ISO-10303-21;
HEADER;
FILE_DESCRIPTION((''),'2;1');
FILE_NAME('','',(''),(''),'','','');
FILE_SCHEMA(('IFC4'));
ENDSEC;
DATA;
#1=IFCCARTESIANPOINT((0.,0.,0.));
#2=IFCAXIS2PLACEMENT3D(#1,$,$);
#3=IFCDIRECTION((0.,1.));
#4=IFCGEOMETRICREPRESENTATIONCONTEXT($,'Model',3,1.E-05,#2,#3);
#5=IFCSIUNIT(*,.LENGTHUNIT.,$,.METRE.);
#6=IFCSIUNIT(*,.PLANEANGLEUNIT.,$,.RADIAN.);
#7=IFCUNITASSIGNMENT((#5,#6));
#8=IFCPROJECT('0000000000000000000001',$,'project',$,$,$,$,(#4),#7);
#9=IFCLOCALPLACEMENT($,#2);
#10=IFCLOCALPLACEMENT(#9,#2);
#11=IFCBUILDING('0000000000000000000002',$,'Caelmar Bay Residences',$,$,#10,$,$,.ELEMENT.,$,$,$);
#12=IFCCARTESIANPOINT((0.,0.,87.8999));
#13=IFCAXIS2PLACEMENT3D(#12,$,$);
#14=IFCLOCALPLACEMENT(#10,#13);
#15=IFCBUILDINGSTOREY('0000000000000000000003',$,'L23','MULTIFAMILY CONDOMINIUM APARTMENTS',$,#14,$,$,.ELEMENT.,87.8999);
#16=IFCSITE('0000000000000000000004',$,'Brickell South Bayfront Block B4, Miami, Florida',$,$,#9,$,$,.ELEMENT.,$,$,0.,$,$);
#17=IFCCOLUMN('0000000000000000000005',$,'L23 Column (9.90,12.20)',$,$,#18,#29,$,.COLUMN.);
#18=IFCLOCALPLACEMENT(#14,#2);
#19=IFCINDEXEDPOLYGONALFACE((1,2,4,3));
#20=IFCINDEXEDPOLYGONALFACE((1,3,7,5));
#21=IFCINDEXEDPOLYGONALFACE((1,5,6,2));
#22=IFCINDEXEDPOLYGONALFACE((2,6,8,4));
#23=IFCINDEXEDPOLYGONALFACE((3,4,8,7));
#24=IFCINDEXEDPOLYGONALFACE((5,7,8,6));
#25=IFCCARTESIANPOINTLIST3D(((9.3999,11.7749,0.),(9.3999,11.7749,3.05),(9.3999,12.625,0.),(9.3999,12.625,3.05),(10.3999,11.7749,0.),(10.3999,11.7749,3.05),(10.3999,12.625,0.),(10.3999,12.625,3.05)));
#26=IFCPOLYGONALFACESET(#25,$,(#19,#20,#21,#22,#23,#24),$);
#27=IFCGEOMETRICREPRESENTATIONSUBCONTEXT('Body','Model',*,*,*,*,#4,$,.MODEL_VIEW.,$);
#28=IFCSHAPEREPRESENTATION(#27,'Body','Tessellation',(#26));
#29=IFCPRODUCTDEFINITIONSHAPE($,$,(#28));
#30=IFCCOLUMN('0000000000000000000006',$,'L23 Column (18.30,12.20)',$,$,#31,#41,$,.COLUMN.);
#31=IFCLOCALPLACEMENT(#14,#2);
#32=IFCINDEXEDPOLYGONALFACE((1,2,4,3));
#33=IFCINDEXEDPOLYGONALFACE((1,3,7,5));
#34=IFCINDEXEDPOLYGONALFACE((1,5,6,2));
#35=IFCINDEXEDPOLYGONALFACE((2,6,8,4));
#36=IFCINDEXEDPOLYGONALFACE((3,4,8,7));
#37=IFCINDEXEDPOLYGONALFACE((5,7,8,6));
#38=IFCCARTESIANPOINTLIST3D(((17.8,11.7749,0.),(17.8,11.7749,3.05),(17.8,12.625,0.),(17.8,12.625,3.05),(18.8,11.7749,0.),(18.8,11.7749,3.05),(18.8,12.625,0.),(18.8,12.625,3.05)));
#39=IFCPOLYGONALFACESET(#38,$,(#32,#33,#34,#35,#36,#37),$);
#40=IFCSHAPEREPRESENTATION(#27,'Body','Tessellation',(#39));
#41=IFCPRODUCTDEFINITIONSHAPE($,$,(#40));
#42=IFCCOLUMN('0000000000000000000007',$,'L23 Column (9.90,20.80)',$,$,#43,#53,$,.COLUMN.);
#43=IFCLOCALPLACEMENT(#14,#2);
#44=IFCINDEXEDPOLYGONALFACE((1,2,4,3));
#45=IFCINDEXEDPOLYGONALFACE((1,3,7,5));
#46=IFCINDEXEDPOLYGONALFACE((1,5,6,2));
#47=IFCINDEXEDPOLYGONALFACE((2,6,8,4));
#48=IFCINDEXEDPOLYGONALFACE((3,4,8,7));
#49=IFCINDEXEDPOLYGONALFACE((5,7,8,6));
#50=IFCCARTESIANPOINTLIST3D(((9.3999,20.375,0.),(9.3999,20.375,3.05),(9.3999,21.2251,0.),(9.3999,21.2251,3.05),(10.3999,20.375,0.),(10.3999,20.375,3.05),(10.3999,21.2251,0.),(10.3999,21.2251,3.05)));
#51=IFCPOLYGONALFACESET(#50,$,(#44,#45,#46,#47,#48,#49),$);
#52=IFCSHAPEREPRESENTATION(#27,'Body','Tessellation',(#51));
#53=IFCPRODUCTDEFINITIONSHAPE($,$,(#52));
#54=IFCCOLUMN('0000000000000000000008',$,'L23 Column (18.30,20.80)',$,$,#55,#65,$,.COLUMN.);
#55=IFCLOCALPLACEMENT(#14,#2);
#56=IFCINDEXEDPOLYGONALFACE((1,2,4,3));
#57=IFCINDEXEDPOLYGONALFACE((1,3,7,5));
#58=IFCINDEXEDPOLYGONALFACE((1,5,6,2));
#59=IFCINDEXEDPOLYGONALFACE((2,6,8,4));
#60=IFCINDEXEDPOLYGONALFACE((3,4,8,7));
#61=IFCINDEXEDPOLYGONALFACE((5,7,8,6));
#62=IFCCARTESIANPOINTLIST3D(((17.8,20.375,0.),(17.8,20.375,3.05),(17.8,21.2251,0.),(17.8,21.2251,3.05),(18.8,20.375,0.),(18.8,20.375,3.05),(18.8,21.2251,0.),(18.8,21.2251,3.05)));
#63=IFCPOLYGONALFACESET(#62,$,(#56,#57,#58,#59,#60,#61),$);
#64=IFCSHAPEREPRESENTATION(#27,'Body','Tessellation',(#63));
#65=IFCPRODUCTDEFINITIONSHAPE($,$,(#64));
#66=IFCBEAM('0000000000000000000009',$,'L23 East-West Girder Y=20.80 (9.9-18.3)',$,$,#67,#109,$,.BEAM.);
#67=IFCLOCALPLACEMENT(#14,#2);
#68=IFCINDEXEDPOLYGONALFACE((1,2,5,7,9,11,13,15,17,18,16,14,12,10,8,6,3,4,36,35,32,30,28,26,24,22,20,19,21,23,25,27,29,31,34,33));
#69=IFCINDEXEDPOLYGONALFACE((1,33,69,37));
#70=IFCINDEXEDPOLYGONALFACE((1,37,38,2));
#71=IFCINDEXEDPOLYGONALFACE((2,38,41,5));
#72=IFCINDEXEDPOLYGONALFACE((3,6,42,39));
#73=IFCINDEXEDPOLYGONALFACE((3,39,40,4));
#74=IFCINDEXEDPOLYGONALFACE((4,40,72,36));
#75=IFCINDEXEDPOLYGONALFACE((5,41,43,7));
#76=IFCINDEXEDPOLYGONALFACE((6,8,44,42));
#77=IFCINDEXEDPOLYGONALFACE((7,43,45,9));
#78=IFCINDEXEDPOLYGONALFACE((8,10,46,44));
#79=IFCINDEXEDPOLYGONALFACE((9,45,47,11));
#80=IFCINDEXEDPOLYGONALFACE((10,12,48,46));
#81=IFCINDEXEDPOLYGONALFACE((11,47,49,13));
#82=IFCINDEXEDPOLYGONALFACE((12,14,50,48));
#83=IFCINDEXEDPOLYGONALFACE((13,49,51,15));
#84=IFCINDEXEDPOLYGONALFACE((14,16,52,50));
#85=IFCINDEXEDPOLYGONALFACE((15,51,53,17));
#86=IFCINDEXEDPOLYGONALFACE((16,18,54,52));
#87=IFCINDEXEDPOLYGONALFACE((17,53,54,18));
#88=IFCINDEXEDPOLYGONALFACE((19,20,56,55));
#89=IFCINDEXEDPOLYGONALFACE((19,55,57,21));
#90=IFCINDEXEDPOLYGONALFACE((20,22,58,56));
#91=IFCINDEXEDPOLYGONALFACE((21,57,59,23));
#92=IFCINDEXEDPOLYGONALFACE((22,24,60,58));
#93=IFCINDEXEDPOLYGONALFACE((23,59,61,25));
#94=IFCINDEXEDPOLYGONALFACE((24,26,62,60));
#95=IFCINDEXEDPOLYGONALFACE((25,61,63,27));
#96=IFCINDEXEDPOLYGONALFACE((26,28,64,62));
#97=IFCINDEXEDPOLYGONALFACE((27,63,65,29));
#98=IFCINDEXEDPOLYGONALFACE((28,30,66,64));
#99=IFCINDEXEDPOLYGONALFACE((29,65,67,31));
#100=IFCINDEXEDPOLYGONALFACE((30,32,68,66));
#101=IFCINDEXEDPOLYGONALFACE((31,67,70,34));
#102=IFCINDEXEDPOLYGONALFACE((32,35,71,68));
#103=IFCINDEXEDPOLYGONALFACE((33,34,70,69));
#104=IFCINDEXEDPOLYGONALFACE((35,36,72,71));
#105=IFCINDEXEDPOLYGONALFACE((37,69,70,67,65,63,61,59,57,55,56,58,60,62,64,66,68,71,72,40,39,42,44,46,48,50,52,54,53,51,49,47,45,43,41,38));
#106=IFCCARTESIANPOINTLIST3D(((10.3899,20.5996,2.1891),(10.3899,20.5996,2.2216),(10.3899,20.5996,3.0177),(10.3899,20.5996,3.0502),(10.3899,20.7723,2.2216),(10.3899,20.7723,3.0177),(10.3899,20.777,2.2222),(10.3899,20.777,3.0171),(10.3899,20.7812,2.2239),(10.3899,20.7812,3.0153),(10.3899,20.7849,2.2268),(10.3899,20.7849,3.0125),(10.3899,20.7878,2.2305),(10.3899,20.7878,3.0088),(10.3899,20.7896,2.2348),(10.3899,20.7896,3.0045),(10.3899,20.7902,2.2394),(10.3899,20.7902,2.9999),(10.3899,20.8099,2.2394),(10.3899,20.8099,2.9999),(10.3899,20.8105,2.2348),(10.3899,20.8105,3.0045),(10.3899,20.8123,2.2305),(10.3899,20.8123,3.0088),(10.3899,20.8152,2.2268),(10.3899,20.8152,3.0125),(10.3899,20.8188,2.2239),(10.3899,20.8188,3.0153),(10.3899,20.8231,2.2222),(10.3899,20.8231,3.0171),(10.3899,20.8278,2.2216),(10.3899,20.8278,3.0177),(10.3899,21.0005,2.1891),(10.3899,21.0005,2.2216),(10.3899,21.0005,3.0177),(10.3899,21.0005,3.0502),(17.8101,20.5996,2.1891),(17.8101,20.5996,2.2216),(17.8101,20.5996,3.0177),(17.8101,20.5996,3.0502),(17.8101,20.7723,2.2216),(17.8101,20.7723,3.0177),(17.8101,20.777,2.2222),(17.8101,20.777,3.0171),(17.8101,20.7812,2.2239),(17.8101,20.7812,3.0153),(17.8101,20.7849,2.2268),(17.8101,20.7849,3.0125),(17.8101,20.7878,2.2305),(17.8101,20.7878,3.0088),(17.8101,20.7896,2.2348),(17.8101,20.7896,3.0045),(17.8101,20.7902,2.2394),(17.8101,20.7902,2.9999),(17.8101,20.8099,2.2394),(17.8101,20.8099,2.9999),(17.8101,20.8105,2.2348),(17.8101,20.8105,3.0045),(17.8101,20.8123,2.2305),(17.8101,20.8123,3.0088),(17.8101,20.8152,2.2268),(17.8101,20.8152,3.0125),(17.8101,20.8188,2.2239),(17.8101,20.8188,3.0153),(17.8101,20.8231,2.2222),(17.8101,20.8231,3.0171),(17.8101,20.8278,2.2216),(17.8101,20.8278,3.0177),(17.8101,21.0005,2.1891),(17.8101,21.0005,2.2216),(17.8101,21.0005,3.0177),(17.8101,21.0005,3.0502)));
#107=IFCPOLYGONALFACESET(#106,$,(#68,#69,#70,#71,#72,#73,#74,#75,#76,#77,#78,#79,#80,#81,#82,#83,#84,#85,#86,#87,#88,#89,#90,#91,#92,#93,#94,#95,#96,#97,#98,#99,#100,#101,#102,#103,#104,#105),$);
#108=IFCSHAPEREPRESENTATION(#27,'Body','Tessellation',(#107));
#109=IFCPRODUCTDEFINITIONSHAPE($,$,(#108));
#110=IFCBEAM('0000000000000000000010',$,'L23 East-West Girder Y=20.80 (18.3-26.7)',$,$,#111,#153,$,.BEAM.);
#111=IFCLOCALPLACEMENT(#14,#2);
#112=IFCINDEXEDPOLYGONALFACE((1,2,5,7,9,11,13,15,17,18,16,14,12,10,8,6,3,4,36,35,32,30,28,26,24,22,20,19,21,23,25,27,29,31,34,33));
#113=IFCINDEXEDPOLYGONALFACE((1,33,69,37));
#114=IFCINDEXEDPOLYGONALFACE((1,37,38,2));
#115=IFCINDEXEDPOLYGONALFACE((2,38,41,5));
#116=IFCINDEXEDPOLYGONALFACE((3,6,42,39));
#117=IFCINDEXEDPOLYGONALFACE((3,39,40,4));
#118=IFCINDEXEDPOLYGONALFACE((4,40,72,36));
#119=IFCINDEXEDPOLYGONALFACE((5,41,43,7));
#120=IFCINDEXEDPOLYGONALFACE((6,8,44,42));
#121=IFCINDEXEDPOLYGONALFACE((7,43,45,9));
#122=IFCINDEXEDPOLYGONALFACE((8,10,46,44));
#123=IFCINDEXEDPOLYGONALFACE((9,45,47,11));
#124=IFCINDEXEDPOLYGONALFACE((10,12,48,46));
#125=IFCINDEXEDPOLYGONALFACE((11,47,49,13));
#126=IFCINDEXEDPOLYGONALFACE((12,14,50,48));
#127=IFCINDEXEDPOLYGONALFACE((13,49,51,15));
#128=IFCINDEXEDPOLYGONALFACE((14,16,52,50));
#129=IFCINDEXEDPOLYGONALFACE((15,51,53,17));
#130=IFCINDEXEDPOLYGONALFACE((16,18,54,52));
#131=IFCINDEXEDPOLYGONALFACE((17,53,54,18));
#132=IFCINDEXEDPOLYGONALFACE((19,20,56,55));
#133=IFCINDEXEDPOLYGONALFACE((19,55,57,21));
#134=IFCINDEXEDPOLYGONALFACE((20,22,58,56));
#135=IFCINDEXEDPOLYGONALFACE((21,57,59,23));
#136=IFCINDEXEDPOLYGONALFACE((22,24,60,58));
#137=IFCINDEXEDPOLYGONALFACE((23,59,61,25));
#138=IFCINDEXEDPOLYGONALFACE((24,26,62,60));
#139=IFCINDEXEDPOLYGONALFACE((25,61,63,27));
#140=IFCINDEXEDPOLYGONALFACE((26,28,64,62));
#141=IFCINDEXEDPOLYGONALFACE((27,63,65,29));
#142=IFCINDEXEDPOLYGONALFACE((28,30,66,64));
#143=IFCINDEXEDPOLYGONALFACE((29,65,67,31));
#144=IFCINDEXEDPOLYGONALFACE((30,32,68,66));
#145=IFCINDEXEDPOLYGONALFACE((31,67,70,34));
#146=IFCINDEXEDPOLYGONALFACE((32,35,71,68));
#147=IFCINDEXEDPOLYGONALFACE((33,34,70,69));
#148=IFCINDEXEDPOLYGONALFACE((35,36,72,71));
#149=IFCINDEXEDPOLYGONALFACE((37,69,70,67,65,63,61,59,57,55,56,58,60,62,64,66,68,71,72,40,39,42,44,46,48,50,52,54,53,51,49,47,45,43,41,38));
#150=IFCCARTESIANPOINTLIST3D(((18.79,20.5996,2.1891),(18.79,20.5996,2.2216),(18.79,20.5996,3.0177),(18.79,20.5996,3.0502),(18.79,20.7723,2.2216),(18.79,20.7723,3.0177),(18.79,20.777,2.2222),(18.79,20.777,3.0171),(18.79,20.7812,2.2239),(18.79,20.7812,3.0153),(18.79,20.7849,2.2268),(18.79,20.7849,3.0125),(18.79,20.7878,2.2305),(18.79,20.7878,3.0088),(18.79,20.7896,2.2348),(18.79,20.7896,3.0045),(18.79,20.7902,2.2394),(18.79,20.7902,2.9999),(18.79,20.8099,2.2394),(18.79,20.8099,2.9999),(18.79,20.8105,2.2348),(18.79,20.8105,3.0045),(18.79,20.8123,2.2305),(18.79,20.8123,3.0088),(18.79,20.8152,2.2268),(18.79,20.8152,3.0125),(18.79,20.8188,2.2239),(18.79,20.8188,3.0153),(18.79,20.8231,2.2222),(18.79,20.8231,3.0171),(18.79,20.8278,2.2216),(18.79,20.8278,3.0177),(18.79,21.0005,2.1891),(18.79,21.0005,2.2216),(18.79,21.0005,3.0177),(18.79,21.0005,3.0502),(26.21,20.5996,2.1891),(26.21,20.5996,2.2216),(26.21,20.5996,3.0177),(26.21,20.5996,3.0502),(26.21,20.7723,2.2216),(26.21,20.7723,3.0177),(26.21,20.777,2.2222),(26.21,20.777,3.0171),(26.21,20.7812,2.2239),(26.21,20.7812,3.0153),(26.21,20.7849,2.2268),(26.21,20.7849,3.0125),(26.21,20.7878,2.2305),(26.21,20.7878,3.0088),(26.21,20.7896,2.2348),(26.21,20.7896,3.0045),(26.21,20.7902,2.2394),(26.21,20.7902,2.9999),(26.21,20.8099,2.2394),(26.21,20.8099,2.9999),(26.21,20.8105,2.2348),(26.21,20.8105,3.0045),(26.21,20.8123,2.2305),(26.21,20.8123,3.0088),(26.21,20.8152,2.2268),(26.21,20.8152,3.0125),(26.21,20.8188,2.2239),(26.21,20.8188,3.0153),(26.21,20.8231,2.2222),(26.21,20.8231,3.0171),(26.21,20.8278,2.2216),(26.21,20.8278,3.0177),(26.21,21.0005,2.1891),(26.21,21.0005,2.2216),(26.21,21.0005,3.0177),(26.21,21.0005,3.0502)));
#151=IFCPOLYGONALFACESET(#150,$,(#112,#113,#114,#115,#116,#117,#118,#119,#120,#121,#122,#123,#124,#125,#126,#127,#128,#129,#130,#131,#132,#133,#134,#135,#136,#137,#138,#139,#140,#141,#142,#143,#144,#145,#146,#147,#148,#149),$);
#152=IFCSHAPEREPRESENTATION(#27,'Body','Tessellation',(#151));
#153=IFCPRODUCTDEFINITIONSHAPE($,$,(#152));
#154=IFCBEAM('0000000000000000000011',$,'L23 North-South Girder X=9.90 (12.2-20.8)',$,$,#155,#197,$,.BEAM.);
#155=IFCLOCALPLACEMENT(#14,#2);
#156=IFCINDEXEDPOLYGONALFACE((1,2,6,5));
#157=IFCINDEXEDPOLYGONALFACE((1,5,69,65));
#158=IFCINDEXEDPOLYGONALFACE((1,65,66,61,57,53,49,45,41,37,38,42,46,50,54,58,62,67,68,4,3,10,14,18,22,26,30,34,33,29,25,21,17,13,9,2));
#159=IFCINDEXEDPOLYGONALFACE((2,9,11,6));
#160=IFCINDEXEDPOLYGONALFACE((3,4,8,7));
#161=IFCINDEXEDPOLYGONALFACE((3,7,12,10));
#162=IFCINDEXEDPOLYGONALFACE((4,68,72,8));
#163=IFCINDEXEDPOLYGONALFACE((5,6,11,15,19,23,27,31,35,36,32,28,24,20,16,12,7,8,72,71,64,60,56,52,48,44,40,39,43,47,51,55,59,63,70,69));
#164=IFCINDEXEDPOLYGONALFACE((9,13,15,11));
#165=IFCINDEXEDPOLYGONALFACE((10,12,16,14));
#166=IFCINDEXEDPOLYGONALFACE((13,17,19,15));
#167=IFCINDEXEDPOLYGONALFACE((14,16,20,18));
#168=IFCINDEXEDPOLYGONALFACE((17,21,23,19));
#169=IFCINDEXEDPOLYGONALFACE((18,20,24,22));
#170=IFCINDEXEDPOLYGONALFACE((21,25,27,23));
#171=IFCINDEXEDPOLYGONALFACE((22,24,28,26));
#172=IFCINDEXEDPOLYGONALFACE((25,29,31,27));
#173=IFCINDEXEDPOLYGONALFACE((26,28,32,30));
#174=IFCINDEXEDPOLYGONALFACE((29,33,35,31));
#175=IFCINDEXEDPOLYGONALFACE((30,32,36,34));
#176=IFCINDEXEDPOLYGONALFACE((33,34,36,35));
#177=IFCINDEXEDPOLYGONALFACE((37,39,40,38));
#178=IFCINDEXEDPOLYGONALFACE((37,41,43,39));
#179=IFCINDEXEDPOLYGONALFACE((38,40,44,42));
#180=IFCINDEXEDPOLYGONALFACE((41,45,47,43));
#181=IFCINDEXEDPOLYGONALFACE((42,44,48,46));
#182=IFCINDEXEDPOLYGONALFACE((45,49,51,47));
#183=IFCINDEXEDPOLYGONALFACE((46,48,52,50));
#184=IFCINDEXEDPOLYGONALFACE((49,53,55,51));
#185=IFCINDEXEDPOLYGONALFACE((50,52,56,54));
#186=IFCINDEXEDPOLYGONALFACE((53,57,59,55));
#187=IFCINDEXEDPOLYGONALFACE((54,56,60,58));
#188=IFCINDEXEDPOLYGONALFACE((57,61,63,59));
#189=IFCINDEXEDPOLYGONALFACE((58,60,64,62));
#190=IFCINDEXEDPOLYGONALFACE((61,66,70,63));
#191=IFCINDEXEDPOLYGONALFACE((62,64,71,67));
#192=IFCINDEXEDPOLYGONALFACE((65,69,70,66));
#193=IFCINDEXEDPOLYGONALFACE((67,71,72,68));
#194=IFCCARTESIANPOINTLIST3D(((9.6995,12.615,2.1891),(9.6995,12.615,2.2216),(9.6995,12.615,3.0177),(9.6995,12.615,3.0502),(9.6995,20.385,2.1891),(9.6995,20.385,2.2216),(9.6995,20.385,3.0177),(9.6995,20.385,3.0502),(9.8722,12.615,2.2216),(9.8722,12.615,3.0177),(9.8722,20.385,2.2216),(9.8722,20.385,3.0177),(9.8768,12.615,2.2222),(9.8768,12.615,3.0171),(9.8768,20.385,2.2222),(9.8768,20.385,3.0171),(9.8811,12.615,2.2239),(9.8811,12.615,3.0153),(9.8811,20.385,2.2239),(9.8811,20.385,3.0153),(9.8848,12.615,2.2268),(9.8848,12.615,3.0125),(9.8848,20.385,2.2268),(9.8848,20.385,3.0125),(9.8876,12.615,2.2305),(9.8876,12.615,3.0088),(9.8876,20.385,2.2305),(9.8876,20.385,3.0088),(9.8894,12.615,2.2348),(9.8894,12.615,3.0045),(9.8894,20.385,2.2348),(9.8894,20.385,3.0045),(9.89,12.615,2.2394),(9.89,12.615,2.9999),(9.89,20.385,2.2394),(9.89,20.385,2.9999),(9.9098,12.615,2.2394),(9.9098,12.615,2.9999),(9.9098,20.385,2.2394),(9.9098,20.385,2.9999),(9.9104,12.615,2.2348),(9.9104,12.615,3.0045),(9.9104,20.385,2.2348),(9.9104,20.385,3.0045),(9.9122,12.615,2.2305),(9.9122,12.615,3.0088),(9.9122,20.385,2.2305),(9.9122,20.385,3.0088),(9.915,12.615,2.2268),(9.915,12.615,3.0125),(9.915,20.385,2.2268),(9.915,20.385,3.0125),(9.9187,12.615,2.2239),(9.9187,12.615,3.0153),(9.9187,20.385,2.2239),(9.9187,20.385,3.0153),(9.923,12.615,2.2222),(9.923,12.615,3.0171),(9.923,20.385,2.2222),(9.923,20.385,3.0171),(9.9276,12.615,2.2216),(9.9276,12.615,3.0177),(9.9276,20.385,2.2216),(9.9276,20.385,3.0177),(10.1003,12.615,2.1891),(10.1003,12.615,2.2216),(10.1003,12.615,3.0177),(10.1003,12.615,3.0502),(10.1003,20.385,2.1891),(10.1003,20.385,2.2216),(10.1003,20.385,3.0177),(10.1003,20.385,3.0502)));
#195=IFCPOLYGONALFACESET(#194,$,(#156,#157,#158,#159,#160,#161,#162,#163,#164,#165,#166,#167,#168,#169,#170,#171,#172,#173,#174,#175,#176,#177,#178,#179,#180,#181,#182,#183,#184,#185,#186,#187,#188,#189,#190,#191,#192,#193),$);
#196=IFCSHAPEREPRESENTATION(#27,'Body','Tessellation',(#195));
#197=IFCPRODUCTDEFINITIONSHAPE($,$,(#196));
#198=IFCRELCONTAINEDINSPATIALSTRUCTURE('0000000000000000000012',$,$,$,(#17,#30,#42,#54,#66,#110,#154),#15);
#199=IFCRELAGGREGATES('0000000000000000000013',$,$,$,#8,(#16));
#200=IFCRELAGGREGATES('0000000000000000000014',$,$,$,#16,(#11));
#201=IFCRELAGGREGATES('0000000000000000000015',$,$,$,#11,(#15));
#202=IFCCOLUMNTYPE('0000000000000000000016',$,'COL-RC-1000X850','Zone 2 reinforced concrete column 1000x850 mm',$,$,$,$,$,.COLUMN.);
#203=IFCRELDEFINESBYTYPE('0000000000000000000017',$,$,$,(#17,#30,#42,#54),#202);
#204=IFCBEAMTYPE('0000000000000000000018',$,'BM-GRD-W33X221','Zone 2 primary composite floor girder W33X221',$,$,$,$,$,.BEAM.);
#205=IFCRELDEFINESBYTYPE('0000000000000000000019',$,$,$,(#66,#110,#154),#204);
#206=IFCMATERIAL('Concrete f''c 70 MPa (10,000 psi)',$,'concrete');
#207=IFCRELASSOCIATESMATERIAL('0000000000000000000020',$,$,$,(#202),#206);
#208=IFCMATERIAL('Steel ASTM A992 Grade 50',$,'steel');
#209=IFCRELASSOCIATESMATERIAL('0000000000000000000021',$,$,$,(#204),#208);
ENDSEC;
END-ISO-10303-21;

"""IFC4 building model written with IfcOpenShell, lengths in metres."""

from ifc_helpers import new_model, si_unit, direction, frame, origin, origin_2d, place, context, subcontext, project, spatial, rectangle, i_section, extrude, material, material_profile, profile_set, type_object, element, save


model = new_model("IFC4")

# Units and contexts
model_context = context("Model", 3, precision=1e-05, world=origin(), true_north=direction((0.0, 1.0)))
body_context = subcontext(model_context, "Body", "Model", "MODEL_VIEW")
ifc_project = project(units=[si_unit("LENGTHUNIT", "METRE"), si_unit("PLANEANGLEUNIT", "RADIAN")], contexts=[model_context])

# Site, building, storey
site_placement = place(None, origin())
site = spatial("IfcSite", under=ifc_project, at=site_placement, Name="Brickell South Bayfront Block B4, Miami, Florida", CompositionType="ELEMENT", RefElevation=0.0)
building_placement = place(site_placement, origin())
building = spatial("IfcBuilding", under=site, at=building_placement, Name="Caelmar Bay Residences", CompositionType="ELEMENT")
storey_placement = place(building_placement, frame((0.0, 0.0, 87.8999)))
storey = spatial("IfcBuildingStorey", under=building, at=storey_placement, Name="L23", Description="MULTIFAMILY CONDOMINIUM APARTMENTS", CompositionType="ELEMENT", Elevation=87.8999)

# Columns
ifc_material_1 = material(Name="Concrete f'c 70 MPa (10,000 psi)", Category="concrete")
ifc_material_profile_1 = material_profile(ifc_material_1, rectangle(XDim=1.0, YDim=0.8501, at=origin_2d()), Name="RC-COL-1000X850")
ifc_profile_set_1 = profile_set([ifc_material_profile_1], Name="Concrete f'c 70 MPa (10,000 psi)")
column_type = type_object("IfcColumnType", Name="COL-RC-1000X850", Description="Zone 2 reinforced concrete column 1000x850 mm", PredefinedType="COLUMN", material=ifc_profile_set_1)
for number, where, z_axis, x_axis, name in (
    (1, (9.8999, 12.2, 0.0), (0.0, 0.0, 1.0), (1.0, 0.0, 0.0), "L23 Column (9.90,12.20)"),
    (2, (18.3, 12.2, 0.0), (0.0, 0.0, 1.0), (1.0, 0.0, 0.0), "L23 Column (18.30,12.20)"),
    (3, (9.8999, 20.8, 0.0), (0.0, 0.0, 1.0), (1.0, 0.0, 0.0), "L23 Column (9.90,20.80)"),
    (4, (18.3, 20.8, 0.0), (0.0, 0.0, 1.0), (1.0, 0.0, 0.0), "L23 Column (18.30,20.80)"),
):
    element("IfcColumn", number, at=place(storey_placement, frame(where, z_axis=z_axis, x_axis=x_axis)), inside=storey, type_object=column_type, Name=name, PredefinedType="COLUMN", context=body_context, shape_type="SweptSolid", body=[
        extrude(rectangle(XDim=1.0, YDim=0.8501, at=origin_2d()), origin(), (0.0, 0.0, 1.0), 3.05),
    ])

# Beams
ifc_material_2 = material(Name="Steel ASTM A992 Grade 50", Category="steel")
ifc_material_profile_2 = material_profile(ifc_material_2, i_section(OverallWidth=0.4009, OverallDepth=0.8611, WebThickness=0.0198, FlangeThickness=0.0325, FilletRadius=0.0178, at=origin_2d()), Name="W33X221")
ifc_profile_set_2 = profile_set([ifc_material_profile_2], Name="Steel ASTM A992 Grade 50")
beam_type_1 = type_object("IfcBeamType", Name="BM-GRD-W33X221", Description="Zone 2 primary composite floor girder W33X221", PredefinedType="BEAM", material=ifc_profile_set_2)
beam_1_placement = place(storey_placement, frame((10.3899, 20.8, 2.6196), z_axis=(1.0, 0.0, 0.0), x_axis=(0.0, 1.0, 0.0)))
element("IfcBeam", 5, at=beam_1_placement, inside=storey, type_object=beam_type_1, Name="L23 East-West Girder Y=20.80 (9.9-18.3)", PredefinedType="BEAM", context=body_context, shape_type="SweptSolid", body=[
    extrude(i_section(OverallWidth=0.4009, OverallDepth=0.8611, WebThickness=0.0198, FlangeThickness=0.0325, FilletRadius=0.0178, at=origin_2d()), origin(), (0.0, 0.0, 1.0), 7.4202),
])
beam_2_placement = place(storey_placement, frame((18.79, 20.8, 2.6196), z_axis=(1.0, 0.0, 0.0), x_axis=(0.0, 1.0, 0.0)))
element("IfcBeam", 6, at=beam_2_placement, inside=storey, type_object=beam_type_1, Name="L23 East-West Girder Y=20.80 (18.3-26.7)", PredefinedType="BEAM", context=body_context, shape_type="SweptSolid", body=[
    extrude(i_section(OverallWidth=0.4009, OverallDepth=0.8611, WebThickness=0.0198, FlangeThickness=0.0325, FilletRadius=0.0178, at=origin_2d()), origin(), (0.0, 0.0, 1.0), 7.4199),
])
for number, where, z_axis, x_axis, name in (
    (7, (9.8999, 12.615, 2.6196), (0.0, 1.0, 0.0), (-1.0, 0.0, 0.0), "L23 North-South Girder X=9.90 (12.2-20.8)"),
):
    element("IfcBeam", number, at=place(storey_placement, frame(where, z_axis=z_axis, x_axis=x_axis)), inside=storey, type_object=beam_type_1, Name=name, PredefinedType="BEAM", context=body_context, shape_type="SweptSolid", body=[
        extrude(i_section(OverallWidth=0.4009, OverallDepth=0.8611, WebThickness=0.0198, FlangeThickness=0.0325, FilletRadius=0.0178, at=origin_2d()), origin(), (0.0, 0.0, 1.0), 7.77),
    ])

save(model, "model.ifc")
